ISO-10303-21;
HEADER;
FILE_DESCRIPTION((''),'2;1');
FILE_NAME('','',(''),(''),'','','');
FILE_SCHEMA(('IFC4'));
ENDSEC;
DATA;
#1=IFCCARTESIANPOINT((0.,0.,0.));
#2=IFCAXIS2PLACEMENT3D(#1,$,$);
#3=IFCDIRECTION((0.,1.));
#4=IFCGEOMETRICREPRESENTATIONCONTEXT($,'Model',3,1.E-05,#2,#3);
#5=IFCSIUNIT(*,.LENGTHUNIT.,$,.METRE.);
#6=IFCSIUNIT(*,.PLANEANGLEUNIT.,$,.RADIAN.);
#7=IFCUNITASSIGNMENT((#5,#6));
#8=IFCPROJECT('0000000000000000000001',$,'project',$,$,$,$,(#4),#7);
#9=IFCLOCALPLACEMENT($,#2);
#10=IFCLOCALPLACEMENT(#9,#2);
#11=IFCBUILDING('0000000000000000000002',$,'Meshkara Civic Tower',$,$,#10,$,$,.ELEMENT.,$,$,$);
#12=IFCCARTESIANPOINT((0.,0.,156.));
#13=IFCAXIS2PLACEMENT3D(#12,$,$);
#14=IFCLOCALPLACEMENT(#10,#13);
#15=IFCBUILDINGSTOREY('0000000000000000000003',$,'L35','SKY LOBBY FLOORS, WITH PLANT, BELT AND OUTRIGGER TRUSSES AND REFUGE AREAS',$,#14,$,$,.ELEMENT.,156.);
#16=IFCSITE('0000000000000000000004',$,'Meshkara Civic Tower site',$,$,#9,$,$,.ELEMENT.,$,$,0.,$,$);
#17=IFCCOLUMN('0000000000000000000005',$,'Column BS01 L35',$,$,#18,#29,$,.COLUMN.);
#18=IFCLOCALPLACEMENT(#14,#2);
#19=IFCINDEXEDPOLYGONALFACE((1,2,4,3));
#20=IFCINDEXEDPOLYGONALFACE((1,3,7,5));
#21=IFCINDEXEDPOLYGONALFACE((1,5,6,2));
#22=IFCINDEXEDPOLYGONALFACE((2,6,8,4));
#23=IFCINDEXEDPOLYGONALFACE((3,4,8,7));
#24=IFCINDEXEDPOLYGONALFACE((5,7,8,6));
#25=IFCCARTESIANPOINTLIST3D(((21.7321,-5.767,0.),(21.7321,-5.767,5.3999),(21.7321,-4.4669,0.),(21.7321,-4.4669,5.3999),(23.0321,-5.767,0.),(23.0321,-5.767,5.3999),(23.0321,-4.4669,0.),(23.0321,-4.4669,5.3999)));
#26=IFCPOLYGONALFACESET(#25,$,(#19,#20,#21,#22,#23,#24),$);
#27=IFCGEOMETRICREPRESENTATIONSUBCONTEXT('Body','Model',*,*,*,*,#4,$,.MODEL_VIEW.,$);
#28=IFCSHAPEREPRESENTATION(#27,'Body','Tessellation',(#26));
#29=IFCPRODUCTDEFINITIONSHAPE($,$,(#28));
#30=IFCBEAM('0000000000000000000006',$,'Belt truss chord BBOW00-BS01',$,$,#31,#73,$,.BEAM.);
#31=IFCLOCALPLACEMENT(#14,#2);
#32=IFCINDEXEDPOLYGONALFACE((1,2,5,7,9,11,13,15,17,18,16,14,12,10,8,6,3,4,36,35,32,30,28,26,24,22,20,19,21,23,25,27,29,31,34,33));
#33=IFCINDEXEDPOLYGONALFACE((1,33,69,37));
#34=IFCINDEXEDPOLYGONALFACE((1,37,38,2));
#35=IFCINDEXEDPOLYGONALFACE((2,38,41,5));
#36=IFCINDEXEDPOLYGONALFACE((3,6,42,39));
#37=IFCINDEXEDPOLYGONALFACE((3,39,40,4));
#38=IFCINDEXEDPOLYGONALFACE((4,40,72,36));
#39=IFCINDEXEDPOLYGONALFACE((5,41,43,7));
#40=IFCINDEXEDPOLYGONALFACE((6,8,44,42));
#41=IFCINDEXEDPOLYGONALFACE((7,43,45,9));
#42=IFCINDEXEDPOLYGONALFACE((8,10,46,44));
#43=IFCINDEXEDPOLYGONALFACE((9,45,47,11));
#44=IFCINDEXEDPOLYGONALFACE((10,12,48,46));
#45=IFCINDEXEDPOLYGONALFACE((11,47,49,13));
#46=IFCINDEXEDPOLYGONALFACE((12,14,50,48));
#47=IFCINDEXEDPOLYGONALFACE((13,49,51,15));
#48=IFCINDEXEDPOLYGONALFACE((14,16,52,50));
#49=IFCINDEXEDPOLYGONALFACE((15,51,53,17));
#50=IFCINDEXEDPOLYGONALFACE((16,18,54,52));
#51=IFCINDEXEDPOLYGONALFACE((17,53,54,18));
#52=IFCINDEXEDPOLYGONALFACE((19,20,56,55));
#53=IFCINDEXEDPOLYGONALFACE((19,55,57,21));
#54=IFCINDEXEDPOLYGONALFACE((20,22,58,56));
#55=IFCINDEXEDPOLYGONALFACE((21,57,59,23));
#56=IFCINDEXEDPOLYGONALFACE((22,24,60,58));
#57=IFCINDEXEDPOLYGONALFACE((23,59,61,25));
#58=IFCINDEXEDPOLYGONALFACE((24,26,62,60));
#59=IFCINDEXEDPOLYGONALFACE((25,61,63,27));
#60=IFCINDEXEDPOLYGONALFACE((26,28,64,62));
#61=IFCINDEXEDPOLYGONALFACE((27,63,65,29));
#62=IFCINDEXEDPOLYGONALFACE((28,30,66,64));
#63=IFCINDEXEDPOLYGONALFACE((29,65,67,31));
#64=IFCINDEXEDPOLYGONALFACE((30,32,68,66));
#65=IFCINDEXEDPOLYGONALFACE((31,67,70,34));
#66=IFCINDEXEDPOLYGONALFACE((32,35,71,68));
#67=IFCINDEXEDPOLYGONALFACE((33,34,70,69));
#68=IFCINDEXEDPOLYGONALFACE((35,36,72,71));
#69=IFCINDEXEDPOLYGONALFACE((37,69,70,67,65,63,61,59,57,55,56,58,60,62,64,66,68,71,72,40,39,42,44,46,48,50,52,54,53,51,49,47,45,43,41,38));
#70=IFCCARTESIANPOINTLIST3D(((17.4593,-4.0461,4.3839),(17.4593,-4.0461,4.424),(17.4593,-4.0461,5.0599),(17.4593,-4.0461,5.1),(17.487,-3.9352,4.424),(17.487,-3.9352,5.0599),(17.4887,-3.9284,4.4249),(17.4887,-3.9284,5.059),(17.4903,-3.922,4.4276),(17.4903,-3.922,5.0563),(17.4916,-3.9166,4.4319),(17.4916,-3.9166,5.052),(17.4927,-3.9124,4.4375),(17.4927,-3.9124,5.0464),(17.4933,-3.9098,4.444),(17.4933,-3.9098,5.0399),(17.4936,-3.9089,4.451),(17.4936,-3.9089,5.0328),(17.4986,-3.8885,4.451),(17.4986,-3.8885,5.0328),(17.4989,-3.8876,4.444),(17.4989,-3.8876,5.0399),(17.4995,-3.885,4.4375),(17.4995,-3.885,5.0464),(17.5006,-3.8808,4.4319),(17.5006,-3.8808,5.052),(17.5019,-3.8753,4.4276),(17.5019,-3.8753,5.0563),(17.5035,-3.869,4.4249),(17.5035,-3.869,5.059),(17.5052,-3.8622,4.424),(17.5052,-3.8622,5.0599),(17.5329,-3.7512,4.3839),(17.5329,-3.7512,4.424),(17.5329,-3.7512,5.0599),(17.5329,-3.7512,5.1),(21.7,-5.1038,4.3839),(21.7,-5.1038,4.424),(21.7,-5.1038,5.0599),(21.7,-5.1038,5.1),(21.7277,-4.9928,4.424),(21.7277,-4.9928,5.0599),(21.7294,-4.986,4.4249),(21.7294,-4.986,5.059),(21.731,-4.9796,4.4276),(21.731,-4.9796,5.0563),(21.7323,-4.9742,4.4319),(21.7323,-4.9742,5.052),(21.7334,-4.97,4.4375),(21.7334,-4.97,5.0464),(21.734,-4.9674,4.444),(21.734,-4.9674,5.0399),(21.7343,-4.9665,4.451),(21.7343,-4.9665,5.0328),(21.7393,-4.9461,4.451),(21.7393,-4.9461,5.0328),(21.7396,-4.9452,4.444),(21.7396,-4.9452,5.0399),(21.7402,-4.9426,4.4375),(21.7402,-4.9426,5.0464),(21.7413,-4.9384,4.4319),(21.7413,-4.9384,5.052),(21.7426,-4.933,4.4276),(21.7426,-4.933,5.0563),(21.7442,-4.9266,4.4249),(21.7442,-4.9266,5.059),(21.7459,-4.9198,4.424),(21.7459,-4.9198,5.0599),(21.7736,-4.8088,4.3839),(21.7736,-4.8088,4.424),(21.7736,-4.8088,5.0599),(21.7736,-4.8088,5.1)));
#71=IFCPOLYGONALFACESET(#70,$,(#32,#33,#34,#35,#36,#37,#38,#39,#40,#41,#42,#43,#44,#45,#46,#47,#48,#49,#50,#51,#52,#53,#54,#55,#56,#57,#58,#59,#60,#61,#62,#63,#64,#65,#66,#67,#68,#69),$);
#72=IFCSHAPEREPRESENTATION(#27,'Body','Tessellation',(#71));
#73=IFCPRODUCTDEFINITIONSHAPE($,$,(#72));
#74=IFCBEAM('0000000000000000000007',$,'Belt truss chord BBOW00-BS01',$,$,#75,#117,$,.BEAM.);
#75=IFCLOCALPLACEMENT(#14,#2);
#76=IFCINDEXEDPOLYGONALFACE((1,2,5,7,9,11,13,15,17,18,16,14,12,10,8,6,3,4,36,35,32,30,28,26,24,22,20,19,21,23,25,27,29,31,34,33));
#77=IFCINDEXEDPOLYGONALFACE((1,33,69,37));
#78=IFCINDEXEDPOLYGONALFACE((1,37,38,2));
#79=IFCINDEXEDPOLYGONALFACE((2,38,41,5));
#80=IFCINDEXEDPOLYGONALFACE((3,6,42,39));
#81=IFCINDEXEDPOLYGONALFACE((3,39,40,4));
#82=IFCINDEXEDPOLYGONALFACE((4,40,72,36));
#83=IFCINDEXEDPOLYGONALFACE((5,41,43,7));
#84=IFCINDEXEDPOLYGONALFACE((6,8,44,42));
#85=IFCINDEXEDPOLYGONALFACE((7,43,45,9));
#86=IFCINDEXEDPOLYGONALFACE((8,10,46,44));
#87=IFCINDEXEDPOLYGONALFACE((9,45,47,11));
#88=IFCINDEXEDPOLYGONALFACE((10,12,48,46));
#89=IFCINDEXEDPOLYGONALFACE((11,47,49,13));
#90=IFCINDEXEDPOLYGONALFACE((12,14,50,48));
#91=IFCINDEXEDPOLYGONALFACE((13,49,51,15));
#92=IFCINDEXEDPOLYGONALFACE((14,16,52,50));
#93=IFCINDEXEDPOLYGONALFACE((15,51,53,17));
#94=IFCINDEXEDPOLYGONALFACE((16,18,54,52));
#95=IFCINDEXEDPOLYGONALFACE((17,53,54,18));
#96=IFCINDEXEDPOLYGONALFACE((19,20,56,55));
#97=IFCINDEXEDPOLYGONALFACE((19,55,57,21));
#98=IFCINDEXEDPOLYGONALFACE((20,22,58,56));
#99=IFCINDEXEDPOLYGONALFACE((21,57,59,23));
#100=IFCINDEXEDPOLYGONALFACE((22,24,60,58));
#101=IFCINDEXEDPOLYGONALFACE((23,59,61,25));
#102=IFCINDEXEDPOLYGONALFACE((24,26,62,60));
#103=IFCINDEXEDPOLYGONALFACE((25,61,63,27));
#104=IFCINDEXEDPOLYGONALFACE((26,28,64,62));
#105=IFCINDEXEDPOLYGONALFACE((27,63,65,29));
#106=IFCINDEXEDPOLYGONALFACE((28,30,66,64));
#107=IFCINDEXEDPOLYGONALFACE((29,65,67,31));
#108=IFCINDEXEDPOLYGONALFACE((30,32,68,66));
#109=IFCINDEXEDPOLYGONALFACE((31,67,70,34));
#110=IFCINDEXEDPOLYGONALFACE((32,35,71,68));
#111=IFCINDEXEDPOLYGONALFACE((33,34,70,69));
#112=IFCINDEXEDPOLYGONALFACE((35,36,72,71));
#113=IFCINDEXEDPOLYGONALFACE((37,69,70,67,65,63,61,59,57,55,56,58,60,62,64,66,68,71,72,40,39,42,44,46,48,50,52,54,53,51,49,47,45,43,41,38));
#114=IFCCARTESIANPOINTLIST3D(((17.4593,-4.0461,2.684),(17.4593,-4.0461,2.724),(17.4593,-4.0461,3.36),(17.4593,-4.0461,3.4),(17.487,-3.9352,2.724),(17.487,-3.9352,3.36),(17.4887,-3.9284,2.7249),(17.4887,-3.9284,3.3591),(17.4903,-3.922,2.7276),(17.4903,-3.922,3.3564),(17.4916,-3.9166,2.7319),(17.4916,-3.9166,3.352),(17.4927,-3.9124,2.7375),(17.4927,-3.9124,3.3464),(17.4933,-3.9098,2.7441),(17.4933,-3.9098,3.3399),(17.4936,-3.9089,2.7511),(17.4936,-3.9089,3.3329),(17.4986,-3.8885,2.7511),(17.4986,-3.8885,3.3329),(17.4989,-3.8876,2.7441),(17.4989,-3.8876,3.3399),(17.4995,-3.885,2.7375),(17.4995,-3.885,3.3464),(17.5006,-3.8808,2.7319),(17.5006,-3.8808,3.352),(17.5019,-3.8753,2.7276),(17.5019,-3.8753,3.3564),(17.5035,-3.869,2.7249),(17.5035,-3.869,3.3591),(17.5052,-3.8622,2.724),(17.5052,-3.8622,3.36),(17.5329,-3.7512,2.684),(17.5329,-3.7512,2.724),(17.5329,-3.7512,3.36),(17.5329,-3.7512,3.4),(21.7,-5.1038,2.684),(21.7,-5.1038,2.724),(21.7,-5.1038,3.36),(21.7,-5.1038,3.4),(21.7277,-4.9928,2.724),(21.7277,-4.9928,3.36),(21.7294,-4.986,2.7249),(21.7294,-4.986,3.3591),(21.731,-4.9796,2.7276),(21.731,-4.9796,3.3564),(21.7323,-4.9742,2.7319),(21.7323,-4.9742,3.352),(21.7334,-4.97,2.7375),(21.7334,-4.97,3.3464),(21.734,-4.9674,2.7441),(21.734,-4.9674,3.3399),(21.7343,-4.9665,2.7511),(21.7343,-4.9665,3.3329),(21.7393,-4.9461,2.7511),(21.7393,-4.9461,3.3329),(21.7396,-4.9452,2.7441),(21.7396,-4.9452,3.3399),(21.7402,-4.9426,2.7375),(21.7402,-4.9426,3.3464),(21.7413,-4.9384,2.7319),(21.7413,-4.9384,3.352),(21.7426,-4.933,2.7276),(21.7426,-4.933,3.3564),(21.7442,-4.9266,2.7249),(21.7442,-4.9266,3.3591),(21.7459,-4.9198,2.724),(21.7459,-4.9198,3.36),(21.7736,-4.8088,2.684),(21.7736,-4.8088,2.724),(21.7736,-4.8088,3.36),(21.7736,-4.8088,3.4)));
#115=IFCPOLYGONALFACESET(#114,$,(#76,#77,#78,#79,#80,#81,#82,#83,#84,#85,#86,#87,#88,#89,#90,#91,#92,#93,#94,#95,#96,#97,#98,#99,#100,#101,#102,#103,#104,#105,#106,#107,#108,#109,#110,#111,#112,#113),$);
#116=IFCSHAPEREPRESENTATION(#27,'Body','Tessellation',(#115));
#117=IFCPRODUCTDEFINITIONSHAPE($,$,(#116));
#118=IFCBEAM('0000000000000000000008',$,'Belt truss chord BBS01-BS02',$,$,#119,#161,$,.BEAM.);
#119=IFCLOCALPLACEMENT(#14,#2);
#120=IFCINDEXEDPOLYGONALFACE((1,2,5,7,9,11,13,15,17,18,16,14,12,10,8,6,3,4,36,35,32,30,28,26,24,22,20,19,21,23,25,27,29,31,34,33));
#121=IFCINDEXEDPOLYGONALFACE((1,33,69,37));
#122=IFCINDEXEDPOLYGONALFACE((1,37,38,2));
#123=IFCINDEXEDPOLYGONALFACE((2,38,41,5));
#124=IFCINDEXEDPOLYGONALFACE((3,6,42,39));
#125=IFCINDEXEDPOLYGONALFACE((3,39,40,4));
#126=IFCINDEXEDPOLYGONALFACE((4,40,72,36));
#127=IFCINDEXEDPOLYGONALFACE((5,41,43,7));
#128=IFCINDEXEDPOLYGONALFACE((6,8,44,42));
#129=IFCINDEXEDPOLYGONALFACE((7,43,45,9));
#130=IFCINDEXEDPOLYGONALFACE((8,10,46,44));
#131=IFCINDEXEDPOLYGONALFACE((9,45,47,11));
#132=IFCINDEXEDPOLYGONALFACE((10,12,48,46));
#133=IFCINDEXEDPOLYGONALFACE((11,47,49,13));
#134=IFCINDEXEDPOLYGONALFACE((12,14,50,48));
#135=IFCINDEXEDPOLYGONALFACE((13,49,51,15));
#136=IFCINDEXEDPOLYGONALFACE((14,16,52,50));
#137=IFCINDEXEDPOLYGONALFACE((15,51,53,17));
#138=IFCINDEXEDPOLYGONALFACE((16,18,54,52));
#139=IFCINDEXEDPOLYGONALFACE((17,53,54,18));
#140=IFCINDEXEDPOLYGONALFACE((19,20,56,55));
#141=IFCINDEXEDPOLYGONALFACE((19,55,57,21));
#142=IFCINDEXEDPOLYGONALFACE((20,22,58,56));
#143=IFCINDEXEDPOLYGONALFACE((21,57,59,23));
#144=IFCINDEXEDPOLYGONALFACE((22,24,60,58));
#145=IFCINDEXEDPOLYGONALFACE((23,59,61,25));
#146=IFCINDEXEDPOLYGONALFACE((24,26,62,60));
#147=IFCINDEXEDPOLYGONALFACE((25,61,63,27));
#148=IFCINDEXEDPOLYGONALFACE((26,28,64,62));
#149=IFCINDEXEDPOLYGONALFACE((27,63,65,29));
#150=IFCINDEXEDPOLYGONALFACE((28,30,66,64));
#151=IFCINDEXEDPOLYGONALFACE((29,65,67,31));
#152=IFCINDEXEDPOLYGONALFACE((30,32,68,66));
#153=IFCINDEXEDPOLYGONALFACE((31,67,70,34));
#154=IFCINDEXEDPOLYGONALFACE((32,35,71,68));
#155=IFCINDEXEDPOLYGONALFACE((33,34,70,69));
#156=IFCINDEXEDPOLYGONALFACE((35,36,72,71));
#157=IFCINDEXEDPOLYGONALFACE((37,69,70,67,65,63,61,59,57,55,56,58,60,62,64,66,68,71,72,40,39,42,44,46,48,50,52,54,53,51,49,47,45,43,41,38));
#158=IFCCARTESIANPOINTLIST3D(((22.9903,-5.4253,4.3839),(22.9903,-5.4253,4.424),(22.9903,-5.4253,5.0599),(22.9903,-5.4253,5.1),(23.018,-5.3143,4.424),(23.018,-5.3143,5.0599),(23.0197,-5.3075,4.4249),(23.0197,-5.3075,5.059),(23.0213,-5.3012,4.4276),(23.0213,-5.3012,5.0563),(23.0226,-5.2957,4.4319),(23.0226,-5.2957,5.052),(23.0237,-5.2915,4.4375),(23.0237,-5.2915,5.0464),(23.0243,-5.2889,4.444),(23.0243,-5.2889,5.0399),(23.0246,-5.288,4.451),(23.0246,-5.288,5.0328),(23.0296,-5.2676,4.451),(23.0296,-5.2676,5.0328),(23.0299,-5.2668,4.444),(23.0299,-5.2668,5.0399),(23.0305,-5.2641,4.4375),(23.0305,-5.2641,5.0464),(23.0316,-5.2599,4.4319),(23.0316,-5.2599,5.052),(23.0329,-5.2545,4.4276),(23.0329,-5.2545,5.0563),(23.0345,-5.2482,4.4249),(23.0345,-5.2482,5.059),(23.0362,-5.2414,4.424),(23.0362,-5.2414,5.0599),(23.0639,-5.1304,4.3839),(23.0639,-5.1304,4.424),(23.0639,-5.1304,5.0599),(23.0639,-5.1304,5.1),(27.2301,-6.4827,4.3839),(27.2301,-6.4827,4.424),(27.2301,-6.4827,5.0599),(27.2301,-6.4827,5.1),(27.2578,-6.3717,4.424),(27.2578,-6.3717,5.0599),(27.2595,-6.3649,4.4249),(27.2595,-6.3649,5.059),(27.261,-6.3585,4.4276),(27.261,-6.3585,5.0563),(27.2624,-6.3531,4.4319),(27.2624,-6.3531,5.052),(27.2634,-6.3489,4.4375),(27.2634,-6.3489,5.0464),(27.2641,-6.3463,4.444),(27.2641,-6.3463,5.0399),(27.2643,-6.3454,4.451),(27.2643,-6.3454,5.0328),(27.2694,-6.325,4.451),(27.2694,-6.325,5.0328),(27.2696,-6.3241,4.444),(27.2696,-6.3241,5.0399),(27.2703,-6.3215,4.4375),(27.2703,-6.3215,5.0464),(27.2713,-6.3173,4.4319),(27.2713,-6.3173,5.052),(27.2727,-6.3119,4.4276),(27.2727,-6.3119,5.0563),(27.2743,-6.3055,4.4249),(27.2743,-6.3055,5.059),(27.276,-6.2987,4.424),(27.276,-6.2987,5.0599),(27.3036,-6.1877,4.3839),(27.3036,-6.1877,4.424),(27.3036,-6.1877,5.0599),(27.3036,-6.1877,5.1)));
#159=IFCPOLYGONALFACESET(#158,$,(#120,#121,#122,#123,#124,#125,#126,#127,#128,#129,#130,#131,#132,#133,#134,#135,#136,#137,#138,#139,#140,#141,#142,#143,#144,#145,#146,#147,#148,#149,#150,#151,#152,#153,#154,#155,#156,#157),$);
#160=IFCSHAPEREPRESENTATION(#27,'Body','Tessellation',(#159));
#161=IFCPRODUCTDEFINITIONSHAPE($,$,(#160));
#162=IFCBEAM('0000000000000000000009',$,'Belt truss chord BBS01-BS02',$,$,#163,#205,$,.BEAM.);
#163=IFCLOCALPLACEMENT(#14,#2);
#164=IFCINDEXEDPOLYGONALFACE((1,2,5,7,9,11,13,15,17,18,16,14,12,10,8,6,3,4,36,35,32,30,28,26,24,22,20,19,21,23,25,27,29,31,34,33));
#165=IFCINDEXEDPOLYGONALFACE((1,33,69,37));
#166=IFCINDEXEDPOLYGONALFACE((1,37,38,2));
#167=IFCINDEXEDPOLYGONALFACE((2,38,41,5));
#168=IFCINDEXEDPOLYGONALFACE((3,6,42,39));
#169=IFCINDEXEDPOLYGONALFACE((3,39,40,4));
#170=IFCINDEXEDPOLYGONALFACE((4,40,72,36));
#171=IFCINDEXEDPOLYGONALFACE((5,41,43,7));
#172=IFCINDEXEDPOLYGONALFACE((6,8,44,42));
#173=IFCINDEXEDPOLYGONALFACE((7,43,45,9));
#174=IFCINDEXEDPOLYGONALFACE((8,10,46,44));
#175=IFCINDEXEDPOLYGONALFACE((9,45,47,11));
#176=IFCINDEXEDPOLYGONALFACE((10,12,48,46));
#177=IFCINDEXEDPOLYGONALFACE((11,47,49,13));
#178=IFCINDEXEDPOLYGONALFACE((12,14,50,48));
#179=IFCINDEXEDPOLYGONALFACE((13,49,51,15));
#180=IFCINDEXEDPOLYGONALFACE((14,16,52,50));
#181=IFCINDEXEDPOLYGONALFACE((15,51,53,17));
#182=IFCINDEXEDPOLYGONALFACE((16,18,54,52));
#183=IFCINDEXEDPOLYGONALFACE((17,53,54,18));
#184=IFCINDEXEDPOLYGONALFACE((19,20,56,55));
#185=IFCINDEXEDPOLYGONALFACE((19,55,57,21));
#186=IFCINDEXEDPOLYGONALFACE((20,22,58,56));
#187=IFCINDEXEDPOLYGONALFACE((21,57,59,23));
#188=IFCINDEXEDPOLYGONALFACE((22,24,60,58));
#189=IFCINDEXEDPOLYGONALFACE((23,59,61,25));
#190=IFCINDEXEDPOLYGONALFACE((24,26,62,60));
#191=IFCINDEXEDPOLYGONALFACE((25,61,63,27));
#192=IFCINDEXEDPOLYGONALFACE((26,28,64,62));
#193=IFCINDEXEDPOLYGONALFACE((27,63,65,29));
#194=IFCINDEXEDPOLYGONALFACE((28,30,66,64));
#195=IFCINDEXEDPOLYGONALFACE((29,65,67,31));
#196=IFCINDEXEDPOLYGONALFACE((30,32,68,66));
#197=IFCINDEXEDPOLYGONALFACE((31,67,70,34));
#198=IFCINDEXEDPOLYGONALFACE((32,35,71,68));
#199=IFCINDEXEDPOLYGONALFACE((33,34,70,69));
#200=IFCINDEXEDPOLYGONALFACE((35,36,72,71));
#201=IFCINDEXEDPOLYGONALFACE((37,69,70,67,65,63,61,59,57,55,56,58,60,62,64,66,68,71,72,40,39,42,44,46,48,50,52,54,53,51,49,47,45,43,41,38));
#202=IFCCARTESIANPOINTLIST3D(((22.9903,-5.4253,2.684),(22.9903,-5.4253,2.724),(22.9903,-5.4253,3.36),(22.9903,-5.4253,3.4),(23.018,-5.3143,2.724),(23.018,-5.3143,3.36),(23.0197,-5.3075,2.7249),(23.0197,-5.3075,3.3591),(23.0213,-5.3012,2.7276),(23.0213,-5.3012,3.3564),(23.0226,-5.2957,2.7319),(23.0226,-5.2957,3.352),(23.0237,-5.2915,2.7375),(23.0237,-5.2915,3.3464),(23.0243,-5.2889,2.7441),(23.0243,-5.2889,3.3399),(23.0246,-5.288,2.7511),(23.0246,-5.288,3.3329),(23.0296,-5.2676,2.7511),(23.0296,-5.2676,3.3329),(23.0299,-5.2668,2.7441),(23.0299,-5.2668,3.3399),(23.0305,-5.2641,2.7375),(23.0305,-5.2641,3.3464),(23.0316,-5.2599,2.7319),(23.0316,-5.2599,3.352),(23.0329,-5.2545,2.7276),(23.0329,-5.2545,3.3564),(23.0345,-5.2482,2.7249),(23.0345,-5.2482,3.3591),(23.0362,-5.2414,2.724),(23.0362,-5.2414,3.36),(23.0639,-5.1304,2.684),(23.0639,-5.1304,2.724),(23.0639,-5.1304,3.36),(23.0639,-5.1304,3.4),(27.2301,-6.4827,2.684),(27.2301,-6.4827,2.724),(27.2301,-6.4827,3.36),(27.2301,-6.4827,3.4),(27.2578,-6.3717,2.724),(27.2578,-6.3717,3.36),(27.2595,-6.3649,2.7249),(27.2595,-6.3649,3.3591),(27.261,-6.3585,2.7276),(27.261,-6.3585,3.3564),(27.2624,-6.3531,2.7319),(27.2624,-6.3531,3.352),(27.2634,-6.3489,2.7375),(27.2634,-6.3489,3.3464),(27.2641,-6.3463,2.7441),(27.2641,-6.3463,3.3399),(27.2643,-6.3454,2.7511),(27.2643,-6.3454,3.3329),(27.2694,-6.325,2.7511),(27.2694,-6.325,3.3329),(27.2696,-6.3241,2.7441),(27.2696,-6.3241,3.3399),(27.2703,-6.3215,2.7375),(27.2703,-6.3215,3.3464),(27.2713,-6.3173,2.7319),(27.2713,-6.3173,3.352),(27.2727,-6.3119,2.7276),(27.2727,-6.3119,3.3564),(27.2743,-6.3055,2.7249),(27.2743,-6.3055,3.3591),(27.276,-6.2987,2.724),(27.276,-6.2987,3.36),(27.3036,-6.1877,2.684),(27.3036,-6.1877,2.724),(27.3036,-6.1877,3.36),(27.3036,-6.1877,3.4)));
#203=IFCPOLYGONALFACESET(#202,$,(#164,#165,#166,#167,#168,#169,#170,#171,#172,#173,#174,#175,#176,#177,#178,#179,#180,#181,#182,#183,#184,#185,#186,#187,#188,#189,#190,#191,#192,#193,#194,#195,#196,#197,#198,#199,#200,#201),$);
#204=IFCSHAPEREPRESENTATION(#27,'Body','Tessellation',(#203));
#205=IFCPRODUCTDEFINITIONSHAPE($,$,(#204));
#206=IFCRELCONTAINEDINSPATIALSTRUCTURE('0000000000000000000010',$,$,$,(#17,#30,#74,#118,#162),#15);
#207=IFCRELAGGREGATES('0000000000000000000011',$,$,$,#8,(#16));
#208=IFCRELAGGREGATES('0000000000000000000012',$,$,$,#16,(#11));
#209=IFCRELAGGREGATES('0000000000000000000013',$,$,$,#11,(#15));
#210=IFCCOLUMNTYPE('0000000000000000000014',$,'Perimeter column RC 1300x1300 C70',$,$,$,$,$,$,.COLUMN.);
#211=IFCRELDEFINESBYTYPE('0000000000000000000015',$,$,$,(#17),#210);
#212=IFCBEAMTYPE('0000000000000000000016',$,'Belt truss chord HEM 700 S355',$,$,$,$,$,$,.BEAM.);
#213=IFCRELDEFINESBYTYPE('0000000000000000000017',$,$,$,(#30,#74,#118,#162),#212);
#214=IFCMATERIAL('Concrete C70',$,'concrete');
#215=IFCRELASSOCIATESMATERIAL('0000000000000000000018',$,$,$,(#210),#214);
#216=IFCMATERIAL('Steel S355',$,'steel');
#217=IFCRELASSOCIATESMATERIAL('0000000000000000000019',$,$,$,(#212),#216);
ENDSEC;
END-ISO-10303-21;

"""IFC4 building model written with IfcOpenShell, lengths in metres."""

from ifc_helpers import new_model, si_unit, direction, frame, origin, origin_2d, place, context, subcontext, project, spatial, rectangle, i_section, extrude, material, material_profile, profile_set, type_object, element, save


model = new_model("IFC4")

# Units and contexts
model_context = context("Model", 3, precision=1e-05, world=origin(), true_north=direction((0.0, 1.0)))
body_context = subcontext(model_context, "Body", "Model", "MODEL_VIEW")
ifc_project = project(units=[si_unit("LENGTHUNIT", "METRE"), si_unit("PLANEANGLEUNIT", "RADIAN")], contexts=[model_context])

# Site, building, storey
site_placement = place(None, origin())
site = spatial("IfcSite", under=ifc_project, at=site_placement, Name="Meshkara Civic Tower site", CompositionType="ELEMENT", RefElevation=0.0)
building_placement = place(site_placement, origin())
building = spatial("IfcBuilding", under=site, at=building_placement, Name="Meshkara Civic Tower", CompositionType="ELEMENT")
storey_placement = place(building_placement, frame((0.0, 0.0, 156.0)))
storey = spatial("IfcBuildingStorey", under=building, at=storey_placement, Name="L35", Description="SKY LOBBY FLOORS, WITH PLANT, BELT AND OUTRIGGER TRUSSES AND REFUGE AREAS", CompositionType="ELEMENT", Elevation=156.0)

# Column
ifc_material_1 = material(Name="Concrete C70", Category="concrete")
ifc_material_profile_1 = material_profile(ifc_material_1, rectangle(XDim=1.3, YDim=1.3, at=origin_2d()))
ifc_profile_set_1 = profile_set([ifc_material_profile_1], Name="Concrete C70")
column_type = type_object("IfcColumnType", Name="Perimeter column RC 1300x1300 C70", PredefinedType="COLUMN", material=ifc_profile_set_1)
column_placement = place(storey_placement, frame((22.3821, -5.1169, 0.0), z_axis=(0.0, 0.0, 1.0), x_axis=(1.0, 0.0, 0.0)))
element("IfcColumn", 1, at=column_placement, inside=storey, type_object=column_type, Name="Column BS01 L35", PredefinedType="COLUMN", context=body_context, shape_type="SweptSolid", body=[
    extrude(rectangle(XDim=1.3, YDim=1.3, at=origin_2d()), origin(), (0.0, 0.0, 1.0), 5.3999),
])

# Beams
ifc_material_2 = material(Name="Steel S355", Category="steel")
ifc_material_profile_2 = material_profile(ifc_material_2, i_section(OverallWidth=0.304, OverallDepth=0.7161, WebThickness=0.021, FlangeThickness=0.04, FilletRadius=0.0271, at=origin_2d()))
ifc_profile_set_2 = profile_set([ifc_material_profile_2], Name="Steel S355")
beam_type = type_object("IfcBeamType", Name="Belt truss chord HEM 700 S355", PredefinedType="BEAM", material=ifc_profile_set_2)
for number, where, z_axis, x_axis, name in (
    (2, (17.4961, -3.8987, 4.7419), (0.97028, -0.241984, 0.0), (0.241984, 0.97028, 0.0), "Belt truss chord BBOW00-BS01"),
    (3, (17.4961, -3.8987, 3.042), (0.97028, -0.241984, 0.0), (0.241984, 0.97028, 0.0), "Belt truss chord BBOW00-BS01"),
):
    element("IfcBeam", number, at=place(storey_placement, frame(where, z_axis=z_axis, x_axis=x_axis)), inside=storey, type_object=beam_type, Name=name, PredefinedType="BEAM", context=body_context, shape_type="SweptSolid", body=[
        extrude(i_section(OverallWidth=0.304, OverallDepth=0.7161, WebThickness=0.021, FlangeThickness=0.04, FilletRadius=0.0271, at=origin_2d()), origin(), (0.0, 0.0, 1.0), 4.3706),
    ])
for number, where, z_axis, x_axis, name in (
    (4, (23.0271, -5.2778, 4.7419), (0.97028, -0.241983, 0.0), (0.241983, 0.97028, 0.0), "Belt truss chord BBS01-BS02"),
    (5, (23.0271, -5.2778, 3.042), (0.97028, -0.241983, 0.0), (0.241983, 0.97028, 0.0), "Belt truss chord BBS01-BS02"),
):
    element("IfcBeam", number, at=place(storey_placement, frame(where, z_axis=z_axis, x_axis=x_axis)), inside=storey, type_object=beam_type, Name=name, PredefinedType="BEAM", context=body_context, shape_type="SweptSolid", body=[
        extrude(i_section(OverallWidth=0.304, OverallDepth=0.7161, WebThickness=0.021, FlangeThickness=0.04, FilletRadius=0.0271, at=origin_2d()), origin(), (0.0, 0.0, 1.0), 4.3696),
    ])

save(model, "model.ifc")
